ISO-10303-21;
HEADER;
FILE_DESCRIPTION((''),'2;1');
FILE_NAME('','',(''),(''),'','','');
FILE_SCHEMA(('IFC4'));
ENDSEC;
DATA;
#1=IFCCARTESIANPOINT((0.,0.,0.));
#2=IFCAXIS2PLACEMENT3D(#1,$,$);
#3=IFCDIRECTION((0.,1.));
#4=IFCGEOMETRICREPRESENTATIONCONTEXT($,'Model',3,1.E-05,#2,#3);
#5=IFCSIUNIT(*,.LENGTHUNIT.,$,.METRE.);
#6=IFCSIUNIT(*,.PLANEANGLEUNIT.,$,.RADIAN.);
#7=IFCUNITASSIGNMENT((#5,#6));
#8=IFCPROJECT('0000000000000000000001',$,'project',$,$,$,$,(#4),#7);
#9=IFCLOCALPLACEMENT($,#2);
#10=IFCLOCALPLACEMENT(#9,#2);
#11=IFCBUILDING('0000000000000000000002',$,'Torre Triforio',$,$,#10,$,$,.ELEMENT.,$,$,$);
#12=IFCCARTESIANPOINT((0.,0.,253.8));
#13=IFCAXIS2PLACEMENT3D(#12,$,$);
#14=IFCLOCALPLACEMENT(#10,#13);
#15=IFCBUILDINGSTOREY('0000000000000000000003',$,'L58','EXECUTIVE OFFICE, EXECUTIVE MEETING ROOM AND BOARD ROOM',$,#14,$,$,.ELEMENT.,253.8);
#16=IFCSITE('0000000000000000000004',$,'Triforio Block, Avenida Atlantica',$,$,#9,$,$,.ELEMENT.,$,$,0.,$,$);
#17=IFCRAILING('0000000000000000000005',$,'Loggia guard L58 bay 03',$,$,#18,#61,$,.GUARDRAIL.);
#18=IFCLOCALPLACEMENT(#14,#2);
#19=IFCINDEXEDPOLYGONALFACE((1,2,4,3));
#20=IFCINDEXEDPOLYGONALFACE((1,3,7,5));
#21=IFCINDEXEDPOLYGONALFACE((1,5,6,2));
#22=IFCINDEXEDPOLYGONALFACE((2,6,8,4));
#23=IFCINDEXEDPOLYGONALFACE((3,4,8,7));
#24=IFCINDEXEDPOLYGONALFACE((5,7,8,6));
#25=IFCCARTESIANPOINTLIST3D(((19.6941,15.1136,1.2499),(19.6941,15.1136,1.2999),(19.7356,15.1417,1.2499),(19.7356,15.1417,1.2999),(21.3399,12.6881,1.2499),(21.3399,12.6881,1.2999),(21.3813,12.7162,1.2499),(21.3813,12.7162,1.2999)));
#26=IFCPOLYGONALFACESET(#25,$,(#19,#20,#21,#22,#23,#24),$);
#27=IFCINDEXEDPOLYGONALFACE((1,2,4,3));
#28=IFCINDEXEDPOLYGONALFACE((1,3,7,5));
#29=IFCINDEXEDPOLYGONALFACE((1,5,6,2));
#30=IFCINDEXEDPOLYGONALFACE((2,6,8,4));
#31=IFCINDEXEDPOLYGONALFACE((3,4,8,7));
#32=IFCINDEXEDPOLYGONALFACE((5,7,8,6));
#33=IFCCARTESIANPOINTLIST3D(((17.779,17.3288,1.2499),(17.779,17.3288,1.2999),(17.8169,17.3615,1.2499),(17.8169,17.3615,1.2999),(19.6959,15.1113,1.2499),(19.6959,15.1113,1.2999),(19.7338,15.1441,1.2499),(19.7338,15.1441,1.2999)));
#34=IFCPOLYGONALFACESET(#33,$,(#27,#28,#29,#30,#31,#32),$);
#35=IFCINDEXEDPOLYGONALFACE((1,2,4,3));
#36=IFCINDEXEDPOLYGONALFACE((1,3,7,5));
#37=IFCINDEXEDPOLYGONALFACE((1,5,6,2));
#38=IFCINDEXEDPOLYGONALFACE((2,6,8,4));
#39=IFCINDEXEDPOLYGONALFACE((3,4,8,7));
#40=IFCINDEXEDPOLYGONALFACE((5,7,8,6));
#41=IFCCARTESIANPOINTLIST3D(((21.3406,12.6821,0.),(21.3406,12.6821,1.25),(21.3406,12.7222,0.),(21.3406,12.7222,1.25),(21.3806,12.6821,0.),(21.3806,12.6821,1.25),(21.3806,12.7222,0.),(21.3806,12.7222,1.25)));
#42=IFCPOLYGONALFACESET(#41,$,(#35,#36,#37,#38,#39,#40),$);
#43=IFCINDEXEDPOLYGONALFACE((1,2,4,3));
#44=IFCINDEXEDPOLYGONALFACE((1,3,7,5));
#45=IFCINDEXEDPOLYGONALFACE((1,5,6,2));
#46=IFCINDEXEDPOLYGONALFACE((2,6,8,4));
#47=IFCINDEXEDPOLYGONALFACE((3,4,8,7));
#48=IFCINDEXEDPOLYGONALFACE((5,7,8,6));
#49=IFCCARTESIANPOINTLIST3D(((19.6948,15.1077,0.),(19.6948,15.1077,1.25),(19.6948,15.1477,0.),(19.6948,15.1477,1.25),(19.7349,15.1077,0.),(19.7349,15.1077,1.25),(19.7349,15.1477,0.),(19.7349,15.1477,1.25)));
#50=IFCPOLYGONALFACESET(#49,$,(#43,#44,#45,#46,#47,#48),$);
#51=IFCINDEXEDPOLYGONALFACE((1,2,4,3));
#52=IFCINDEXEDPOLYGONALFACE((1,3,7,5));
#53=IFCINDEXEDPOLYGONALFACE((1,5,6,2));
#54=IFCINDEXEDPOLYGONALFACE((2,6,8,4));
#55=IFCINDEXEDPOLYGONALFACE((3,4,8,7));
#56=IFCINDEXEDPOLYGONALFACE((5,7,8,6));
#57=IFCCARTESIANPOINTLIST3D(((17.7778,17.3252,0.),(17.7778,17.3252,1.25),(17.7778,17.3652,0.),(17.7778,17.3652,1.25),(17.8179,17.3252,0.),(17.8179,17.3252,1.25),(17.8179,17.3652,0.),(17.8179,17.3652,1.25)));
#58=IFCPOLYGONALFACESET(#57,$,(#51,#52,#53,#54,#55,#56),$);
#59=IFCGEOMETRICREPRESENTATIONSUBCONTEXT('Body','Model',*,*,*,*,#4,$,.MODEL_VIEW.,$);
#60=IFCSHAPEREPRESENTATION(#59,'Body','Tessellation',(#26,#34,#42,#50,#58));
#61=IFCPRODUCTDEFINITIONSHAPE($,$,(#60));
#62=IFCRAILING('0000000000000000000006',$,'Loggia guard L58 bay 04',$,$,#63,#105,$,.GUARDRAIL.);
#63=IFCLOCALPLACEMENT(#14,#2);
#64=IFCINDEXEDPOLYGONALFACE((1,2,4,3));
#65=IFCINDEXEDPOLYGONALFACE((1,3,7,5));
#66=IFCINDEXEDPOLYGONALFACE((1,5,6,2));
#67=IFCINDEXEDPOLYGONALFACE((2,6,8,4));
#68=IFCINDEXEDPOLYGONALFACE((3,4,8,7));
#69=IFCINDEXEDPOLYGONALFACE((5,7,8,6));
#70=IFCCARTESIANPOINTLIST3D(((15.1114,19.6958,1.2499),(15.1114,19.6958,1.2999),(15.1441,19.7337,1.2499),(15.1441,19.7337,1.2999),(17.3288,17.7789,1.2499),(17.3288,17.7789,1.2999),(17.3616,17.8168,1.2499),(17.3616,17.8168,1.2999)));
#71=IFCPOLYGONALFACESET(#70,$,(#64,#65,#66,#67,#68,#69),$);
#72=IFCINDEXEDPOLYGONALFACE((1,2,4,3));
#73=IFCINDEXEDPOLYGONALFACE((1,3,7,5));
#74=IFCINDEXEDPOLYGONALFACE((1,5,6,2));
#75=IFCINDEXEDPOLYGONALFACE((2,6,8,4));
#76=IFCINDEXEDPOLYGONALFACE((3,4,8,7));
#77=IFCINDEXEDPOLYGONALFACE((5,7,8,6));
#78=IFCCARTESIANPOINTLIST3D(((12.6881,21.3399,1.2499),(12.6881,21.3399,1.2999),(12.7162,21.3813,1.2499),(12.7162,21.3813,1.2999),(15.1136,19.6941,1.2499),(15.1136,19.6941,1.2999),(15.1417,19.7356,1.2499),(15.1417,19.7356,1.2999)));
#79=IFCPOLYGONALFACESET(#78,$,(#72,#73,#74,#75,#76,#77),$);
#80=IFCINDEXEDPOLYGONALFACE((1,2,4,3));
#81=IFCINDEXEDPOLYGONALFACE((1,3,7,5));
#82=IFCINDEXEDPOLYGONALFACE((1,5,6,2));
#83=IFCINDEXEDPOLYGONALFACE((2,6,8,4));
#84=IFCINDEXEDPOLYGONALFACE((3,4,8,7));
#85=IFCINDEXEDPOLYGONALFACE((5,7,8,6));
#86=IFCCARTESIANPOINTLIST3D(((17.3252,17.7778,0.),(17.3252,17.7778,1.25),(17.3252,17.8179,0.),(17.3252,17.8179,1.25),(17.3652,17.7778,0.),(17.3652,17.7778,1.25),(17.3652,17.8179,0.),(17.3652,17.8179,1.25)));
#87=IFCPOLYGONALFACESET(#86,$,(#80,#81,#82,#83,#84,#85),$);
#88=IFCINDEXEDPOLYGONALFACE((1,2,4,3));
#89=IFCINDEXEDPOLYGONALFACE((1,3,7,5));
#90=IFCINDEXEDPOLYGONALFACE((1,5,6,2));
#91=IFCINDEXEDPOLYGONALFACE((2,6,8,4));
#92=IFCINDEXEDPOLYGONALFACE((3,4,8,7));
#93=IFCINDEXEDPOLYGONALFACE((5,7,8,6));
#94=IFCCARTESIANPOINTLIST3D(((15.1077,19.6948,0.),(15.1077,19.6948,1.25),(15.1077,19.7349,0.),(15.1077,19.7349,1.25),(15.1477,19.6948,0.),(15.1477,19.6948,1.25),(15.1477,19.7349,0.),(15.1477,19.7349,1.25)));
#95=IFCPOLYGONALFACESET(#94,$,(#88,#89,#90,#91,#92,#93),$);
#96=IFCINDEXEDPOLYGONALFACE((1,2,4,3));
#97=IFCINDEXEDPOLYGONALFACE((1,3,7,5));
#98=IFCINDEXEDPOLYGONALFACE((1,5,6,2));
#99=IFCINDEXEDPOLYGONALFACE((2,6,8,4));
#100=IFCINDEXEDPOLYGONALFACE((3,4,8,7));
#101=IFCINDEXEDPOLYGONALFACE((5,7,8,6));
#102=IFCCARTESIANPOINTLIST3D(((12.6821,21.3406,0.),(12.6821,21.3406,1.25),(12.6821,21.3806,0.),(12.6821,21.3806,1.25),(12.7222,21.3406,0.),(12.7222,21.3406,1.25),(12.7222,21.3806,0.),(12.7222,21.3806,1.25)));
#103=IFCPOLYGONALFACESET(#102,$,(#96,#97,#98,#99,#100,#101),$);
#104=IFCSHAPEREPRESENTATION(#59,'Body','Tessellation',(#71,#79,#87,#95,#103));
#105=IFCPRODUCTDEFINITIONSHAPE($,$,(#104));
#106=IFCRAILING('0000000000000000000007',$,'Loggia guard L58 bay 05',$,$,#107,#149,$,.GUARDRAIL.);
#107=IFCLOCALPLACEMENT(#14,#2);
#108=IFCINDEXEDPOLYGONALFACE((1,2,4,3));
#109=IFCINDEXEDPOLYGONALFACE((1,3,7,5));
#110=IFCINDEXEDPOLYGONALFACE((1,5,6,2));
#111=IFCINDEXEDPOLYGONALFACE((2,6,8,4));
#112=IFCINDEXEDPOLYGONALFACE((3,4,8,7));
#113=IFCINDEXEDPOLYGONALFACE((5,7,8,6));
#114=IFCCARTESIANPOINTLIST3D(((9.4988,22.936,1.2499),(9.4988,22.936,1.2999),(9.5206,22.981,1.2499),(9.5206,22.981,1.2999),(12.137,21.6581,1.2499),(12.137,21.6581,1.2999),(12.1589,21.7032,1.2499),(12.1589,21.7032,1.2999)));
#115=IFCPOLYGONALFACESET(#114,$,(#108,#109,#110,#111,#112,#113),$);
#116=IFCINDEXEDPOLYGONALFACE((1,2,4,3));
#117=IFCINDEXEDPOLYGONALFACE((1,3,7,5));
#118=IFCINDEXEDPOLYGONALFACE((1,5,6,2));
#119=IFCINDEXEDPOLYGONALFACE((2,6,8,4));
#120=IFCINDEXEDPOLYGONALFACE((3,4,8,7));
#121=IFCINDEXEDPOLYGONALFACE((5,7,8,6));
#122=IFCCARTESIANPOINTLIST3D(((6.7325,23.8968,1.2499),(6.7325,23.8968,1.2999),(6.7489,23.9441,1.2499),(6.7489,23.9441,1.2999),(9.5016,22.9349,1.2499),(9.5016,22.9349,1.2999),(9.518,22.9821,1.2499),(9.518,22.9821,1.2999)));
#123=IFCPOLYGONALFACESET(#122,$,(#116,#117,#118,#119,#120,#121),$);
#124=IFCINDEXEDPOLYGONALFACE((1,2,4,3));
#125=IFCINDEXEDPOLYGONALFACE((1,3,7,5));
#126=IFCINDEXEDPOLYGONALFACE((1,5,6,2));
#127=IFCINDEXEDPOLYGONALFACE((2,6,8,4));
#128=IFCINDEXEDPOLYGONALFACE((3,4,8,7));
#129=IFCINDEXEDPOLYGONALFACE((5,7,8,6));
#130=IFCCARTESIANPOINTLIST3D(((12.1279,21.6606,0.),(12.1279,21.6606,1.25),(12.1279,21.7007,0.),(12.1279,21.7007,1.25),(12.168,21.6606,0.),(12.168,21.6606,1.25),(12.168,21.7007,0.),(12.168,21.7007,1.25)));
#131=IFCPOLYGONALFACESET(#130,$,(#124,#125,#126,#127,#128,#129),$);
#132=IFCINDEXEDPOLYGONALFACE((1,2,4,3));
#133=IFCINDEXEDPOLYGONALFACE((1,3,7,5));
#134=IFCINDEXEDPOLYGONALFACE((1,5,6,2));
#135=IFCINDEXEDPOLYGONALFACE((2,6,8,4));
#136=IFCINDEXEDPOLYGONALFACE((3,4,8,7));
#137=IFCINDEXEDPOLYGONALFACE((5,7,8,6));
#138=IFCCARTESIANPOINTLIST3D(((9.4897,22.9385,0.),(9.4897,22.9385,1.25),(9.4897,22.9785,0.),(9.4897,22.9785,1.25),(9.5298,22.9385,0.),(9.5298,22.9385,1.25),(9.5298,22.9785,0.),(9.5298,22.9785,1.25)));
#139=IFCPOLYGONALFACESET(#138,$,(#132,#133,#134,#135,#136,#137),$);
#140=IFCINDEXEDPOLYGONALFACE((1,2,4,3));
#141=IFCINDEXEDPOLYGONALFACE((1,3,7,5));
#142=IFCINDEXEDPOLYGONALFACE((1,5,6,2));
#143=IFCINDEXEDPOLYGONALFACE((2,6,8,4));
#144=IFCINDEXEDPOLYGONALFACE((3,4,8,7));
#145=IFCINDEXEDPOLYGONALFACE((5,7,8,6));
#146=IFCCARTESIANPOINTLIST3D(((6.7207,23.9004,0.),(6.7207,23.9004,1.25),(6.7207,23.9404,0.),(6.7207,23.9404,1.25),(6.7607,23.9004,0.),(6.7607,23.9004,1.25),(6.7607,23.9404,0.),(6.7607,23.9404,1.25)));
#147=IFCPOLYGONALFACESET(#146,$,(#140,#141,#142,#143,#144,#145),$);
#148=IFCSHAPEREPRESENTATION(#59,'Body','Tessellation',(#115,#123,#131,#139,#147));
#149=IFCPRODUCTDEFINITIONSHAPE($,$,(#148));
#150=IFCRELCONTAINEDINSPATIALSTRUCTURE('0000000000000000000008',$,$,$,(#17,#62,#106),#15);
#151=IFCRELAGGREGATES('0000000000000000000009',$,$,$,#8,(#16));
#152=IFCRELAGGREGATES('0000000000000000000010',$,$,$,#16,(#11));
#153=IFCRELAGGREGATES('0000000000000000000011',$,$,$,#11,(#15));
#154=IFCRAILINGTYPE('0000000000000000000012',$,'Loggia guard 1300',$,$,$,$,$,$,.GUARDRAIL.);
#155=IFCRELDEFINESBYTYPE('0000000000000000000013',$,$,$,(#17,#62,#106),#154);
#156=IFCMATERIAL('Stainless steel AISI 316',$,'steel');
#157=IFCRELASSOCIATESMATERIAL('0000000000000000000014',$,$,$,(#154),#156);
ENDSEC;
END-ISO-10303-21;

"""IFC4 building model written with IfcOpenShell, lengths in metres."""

from ifc_helpers import new_model, si_unit, direction, frame, origin, origin_2d, place, context, subcontext, project, spatial, rectangle, extrude, material, type_object, element, save


model = new_model("IFC4")

# Units and contexts
model_context = context("Model", 3, precision=1e-05, world=origin(), true_north=direction((0.0, 1.0)))
body_context = subcontext(model_context, "Body", "Model", "MODEL_VIEW")
ifc_project = project(units=[si_unit("LENGTHUNIT", "METRE"), si_unit("PLANEANGLEUNIT", "RADIAN")], contexts=[model_context])

# Site, building, storey
site_placement = place(None, origin())
site = spatial("IfcSite", under=ifc_project, at=site_placement, Name="Triforio Block, Avenida Atlantica", CompositionType="ELEMENT", RefElevation=0.0)
building_placement = place(site_placement, origin())
building = spatial("IfcBuilding", under=site, at=building_placement, Name="Torre Triforio", CompositionType="ELEMENT")
storey_placement = place(building_placement, frame((0.0, 0.0, 253.8)))
storey = spatial("IfcBuildingStorey", under=building, at=storey_placement, Name="L58", Description="EXECUTIVE OFFICE, EXECUTIVE MEETING ROOM AND BOARD ROOM", CompositionType="ELEMENT", Elevation=253.8)

# Railings
ifc_material_1 = material(Name="Stainless steel AISI 316", Category="steel")
railing_type = type_object("IfcRailingType", Name="Loggia guard 1300", PredefinedType="GUARDRAIL", material=ifc_material_1)
railing_1_placement = place(storey_placement, frame((21.3606, 12.7021, 0.0)))
element("IfcRailing", 1, at=railing_1_placement, inside=storey, type_object=railing_type, Name="Loggia guard L58 bay 03", PredefinedType="GUARDRAIL", context=body_context, shape_type="SweptSolid", body=[
    extrude(rectangle(XDim=0.05, YDim=0.05, at=origin_2d()), frame((0.0, 0.0, 1.2749), z_axis=(-0.561467, 0.827499, 0.0), x_axis=(-0.827499, -0.561467, 0.0)), (0.0, 0.0, 1.0), 2.9312),
    extrude(rectangle(XDim=0.05, YDim=0.05, at=origin_2d()), frame((-1.6458, 2.4255, 1.2749), z_axis=(-0.653982, 0.75651, 0.0), x_axis=(-0.75651, -0.653982, 0.0)), (0.0, 0.0, 1.0), 2.9312),
    extrude(rectangle(XDim=0.04, YDim=0.04, at=origin_2d()), origin(), (0.0, 0.0, 1.0), 1.25),
    extrude(rectangle(XDim=0.04, YDim=0.04, at=origin_2d()), frame((-1.6458, 2.4255, 0.0)), (0.0, 0.0, 1.0), 1.25),
    extrude(rectangle(XDim=0.04, YDim=0.04, at=origin_2d()), frame((-3.5627, 4.6431, 0.0)), (0.0, 0.0, 1.0), 1.25),
])
railing_2_placement = place(storey_placement, frame((17.3452, 17.7979, 0.0)))
element("IfcRailing", 2, at=railing_2_placement, inside=storey, type_object=railing_type, Name="Loggia guard L58 bay 04", PredefinedType="GUARDRAIL", context=body_context, shape_type="SweptSolid", body=[
    extrude(rectangle(XDim=0.05, YDim=0.05, at=origin_2d()), frame((0.0, 0.0, 1.2749), z_axis=(-0.75651, 0.653982, 0.0), x_axis=(-0.653982, -0.75651, 0.0)), (0.0, 0.0, 1.0), 2.9312),
    extrude(rectangle(XDim=0.05, YDim=0.05, at=origin_2d()), frame((-2.2175, 1.917, 1.2749), z_axis=(-0.827499, 0.561467, 0.0), x_axis=(-0.561467, -0.827499, 0.0)), (0.0, 0.0, 1.0), 2.9312),
    extrude(rectangle(XDim=0.04, YDim=0.04, at=origin_2d()), origin(), (0.0, 0.0, 1.0), 1.25),
    extrude(rectangle(XDim=0.04, YDim=0.04, at=origin_2d()), frame((-2.2175, 1.917, 0.0)), (0.0, 0.0, 1.0), 1.25),
    extrude(rectangle(XDim=0.04, YDim=0.04, at=origin_2d()), frame((-4.6431, 3.5627, 0.0)), (0.0, 0.0, 1.0), 1.25),
])
railing_3_placement = place(storey_placement, frame((12.1479, 21.6807, 0.0)))
element("IfcRailing", 3, at=railing_3_placement, inside=storey, type_object=railing_type, Name="Loggia guard L58 bay 05", PredefinedType="GUARDRAIL", context=body_context, shape_type="SweptSolid", body=[
    extrude(rectangle(XDim=0.05, YDim=0.05, at=origin_2d()), frame((0.0, 0.0, 1.2749), z_axis=(-0.899986, 0.435918, 0.0), x_axis=(-0.435918, -0.899986, 0.0)), (0.0, 0.0, 1.0), 2.9314),
    extrude(rectangle(XDim=0.05, YDim=0.05, at=origin_2d()), frame((-2.6382, 1.2778, 1.2749), z_axis=(-0.944627, 0.328146, 0.0), x_axis=(-0.328146, -0.944627, 0.0)), (0.0, 0.0, 1.0), 2.9314),
    extrude(rectangle(XDim=0.04, YDim=0.04, at=origin_2d()), origin(), (0.0, 0.0, 1.0), 1.25),
    extrude(rectangle(XDim=0.04, YDim=0.04, at=origin_2d()), frame((-2.6382, 1.2778, 0.0)), (0.0, 0.0, 1.0), 1.25),
    extrude(rectangle(XDim=0.04, YDim=0.04, at=origin_2d()), frame((-5.4072, 2.2397, 0.0)), (0.0, 0.0, 1.0), 1.25),
])

save(model, "model.ifc")
